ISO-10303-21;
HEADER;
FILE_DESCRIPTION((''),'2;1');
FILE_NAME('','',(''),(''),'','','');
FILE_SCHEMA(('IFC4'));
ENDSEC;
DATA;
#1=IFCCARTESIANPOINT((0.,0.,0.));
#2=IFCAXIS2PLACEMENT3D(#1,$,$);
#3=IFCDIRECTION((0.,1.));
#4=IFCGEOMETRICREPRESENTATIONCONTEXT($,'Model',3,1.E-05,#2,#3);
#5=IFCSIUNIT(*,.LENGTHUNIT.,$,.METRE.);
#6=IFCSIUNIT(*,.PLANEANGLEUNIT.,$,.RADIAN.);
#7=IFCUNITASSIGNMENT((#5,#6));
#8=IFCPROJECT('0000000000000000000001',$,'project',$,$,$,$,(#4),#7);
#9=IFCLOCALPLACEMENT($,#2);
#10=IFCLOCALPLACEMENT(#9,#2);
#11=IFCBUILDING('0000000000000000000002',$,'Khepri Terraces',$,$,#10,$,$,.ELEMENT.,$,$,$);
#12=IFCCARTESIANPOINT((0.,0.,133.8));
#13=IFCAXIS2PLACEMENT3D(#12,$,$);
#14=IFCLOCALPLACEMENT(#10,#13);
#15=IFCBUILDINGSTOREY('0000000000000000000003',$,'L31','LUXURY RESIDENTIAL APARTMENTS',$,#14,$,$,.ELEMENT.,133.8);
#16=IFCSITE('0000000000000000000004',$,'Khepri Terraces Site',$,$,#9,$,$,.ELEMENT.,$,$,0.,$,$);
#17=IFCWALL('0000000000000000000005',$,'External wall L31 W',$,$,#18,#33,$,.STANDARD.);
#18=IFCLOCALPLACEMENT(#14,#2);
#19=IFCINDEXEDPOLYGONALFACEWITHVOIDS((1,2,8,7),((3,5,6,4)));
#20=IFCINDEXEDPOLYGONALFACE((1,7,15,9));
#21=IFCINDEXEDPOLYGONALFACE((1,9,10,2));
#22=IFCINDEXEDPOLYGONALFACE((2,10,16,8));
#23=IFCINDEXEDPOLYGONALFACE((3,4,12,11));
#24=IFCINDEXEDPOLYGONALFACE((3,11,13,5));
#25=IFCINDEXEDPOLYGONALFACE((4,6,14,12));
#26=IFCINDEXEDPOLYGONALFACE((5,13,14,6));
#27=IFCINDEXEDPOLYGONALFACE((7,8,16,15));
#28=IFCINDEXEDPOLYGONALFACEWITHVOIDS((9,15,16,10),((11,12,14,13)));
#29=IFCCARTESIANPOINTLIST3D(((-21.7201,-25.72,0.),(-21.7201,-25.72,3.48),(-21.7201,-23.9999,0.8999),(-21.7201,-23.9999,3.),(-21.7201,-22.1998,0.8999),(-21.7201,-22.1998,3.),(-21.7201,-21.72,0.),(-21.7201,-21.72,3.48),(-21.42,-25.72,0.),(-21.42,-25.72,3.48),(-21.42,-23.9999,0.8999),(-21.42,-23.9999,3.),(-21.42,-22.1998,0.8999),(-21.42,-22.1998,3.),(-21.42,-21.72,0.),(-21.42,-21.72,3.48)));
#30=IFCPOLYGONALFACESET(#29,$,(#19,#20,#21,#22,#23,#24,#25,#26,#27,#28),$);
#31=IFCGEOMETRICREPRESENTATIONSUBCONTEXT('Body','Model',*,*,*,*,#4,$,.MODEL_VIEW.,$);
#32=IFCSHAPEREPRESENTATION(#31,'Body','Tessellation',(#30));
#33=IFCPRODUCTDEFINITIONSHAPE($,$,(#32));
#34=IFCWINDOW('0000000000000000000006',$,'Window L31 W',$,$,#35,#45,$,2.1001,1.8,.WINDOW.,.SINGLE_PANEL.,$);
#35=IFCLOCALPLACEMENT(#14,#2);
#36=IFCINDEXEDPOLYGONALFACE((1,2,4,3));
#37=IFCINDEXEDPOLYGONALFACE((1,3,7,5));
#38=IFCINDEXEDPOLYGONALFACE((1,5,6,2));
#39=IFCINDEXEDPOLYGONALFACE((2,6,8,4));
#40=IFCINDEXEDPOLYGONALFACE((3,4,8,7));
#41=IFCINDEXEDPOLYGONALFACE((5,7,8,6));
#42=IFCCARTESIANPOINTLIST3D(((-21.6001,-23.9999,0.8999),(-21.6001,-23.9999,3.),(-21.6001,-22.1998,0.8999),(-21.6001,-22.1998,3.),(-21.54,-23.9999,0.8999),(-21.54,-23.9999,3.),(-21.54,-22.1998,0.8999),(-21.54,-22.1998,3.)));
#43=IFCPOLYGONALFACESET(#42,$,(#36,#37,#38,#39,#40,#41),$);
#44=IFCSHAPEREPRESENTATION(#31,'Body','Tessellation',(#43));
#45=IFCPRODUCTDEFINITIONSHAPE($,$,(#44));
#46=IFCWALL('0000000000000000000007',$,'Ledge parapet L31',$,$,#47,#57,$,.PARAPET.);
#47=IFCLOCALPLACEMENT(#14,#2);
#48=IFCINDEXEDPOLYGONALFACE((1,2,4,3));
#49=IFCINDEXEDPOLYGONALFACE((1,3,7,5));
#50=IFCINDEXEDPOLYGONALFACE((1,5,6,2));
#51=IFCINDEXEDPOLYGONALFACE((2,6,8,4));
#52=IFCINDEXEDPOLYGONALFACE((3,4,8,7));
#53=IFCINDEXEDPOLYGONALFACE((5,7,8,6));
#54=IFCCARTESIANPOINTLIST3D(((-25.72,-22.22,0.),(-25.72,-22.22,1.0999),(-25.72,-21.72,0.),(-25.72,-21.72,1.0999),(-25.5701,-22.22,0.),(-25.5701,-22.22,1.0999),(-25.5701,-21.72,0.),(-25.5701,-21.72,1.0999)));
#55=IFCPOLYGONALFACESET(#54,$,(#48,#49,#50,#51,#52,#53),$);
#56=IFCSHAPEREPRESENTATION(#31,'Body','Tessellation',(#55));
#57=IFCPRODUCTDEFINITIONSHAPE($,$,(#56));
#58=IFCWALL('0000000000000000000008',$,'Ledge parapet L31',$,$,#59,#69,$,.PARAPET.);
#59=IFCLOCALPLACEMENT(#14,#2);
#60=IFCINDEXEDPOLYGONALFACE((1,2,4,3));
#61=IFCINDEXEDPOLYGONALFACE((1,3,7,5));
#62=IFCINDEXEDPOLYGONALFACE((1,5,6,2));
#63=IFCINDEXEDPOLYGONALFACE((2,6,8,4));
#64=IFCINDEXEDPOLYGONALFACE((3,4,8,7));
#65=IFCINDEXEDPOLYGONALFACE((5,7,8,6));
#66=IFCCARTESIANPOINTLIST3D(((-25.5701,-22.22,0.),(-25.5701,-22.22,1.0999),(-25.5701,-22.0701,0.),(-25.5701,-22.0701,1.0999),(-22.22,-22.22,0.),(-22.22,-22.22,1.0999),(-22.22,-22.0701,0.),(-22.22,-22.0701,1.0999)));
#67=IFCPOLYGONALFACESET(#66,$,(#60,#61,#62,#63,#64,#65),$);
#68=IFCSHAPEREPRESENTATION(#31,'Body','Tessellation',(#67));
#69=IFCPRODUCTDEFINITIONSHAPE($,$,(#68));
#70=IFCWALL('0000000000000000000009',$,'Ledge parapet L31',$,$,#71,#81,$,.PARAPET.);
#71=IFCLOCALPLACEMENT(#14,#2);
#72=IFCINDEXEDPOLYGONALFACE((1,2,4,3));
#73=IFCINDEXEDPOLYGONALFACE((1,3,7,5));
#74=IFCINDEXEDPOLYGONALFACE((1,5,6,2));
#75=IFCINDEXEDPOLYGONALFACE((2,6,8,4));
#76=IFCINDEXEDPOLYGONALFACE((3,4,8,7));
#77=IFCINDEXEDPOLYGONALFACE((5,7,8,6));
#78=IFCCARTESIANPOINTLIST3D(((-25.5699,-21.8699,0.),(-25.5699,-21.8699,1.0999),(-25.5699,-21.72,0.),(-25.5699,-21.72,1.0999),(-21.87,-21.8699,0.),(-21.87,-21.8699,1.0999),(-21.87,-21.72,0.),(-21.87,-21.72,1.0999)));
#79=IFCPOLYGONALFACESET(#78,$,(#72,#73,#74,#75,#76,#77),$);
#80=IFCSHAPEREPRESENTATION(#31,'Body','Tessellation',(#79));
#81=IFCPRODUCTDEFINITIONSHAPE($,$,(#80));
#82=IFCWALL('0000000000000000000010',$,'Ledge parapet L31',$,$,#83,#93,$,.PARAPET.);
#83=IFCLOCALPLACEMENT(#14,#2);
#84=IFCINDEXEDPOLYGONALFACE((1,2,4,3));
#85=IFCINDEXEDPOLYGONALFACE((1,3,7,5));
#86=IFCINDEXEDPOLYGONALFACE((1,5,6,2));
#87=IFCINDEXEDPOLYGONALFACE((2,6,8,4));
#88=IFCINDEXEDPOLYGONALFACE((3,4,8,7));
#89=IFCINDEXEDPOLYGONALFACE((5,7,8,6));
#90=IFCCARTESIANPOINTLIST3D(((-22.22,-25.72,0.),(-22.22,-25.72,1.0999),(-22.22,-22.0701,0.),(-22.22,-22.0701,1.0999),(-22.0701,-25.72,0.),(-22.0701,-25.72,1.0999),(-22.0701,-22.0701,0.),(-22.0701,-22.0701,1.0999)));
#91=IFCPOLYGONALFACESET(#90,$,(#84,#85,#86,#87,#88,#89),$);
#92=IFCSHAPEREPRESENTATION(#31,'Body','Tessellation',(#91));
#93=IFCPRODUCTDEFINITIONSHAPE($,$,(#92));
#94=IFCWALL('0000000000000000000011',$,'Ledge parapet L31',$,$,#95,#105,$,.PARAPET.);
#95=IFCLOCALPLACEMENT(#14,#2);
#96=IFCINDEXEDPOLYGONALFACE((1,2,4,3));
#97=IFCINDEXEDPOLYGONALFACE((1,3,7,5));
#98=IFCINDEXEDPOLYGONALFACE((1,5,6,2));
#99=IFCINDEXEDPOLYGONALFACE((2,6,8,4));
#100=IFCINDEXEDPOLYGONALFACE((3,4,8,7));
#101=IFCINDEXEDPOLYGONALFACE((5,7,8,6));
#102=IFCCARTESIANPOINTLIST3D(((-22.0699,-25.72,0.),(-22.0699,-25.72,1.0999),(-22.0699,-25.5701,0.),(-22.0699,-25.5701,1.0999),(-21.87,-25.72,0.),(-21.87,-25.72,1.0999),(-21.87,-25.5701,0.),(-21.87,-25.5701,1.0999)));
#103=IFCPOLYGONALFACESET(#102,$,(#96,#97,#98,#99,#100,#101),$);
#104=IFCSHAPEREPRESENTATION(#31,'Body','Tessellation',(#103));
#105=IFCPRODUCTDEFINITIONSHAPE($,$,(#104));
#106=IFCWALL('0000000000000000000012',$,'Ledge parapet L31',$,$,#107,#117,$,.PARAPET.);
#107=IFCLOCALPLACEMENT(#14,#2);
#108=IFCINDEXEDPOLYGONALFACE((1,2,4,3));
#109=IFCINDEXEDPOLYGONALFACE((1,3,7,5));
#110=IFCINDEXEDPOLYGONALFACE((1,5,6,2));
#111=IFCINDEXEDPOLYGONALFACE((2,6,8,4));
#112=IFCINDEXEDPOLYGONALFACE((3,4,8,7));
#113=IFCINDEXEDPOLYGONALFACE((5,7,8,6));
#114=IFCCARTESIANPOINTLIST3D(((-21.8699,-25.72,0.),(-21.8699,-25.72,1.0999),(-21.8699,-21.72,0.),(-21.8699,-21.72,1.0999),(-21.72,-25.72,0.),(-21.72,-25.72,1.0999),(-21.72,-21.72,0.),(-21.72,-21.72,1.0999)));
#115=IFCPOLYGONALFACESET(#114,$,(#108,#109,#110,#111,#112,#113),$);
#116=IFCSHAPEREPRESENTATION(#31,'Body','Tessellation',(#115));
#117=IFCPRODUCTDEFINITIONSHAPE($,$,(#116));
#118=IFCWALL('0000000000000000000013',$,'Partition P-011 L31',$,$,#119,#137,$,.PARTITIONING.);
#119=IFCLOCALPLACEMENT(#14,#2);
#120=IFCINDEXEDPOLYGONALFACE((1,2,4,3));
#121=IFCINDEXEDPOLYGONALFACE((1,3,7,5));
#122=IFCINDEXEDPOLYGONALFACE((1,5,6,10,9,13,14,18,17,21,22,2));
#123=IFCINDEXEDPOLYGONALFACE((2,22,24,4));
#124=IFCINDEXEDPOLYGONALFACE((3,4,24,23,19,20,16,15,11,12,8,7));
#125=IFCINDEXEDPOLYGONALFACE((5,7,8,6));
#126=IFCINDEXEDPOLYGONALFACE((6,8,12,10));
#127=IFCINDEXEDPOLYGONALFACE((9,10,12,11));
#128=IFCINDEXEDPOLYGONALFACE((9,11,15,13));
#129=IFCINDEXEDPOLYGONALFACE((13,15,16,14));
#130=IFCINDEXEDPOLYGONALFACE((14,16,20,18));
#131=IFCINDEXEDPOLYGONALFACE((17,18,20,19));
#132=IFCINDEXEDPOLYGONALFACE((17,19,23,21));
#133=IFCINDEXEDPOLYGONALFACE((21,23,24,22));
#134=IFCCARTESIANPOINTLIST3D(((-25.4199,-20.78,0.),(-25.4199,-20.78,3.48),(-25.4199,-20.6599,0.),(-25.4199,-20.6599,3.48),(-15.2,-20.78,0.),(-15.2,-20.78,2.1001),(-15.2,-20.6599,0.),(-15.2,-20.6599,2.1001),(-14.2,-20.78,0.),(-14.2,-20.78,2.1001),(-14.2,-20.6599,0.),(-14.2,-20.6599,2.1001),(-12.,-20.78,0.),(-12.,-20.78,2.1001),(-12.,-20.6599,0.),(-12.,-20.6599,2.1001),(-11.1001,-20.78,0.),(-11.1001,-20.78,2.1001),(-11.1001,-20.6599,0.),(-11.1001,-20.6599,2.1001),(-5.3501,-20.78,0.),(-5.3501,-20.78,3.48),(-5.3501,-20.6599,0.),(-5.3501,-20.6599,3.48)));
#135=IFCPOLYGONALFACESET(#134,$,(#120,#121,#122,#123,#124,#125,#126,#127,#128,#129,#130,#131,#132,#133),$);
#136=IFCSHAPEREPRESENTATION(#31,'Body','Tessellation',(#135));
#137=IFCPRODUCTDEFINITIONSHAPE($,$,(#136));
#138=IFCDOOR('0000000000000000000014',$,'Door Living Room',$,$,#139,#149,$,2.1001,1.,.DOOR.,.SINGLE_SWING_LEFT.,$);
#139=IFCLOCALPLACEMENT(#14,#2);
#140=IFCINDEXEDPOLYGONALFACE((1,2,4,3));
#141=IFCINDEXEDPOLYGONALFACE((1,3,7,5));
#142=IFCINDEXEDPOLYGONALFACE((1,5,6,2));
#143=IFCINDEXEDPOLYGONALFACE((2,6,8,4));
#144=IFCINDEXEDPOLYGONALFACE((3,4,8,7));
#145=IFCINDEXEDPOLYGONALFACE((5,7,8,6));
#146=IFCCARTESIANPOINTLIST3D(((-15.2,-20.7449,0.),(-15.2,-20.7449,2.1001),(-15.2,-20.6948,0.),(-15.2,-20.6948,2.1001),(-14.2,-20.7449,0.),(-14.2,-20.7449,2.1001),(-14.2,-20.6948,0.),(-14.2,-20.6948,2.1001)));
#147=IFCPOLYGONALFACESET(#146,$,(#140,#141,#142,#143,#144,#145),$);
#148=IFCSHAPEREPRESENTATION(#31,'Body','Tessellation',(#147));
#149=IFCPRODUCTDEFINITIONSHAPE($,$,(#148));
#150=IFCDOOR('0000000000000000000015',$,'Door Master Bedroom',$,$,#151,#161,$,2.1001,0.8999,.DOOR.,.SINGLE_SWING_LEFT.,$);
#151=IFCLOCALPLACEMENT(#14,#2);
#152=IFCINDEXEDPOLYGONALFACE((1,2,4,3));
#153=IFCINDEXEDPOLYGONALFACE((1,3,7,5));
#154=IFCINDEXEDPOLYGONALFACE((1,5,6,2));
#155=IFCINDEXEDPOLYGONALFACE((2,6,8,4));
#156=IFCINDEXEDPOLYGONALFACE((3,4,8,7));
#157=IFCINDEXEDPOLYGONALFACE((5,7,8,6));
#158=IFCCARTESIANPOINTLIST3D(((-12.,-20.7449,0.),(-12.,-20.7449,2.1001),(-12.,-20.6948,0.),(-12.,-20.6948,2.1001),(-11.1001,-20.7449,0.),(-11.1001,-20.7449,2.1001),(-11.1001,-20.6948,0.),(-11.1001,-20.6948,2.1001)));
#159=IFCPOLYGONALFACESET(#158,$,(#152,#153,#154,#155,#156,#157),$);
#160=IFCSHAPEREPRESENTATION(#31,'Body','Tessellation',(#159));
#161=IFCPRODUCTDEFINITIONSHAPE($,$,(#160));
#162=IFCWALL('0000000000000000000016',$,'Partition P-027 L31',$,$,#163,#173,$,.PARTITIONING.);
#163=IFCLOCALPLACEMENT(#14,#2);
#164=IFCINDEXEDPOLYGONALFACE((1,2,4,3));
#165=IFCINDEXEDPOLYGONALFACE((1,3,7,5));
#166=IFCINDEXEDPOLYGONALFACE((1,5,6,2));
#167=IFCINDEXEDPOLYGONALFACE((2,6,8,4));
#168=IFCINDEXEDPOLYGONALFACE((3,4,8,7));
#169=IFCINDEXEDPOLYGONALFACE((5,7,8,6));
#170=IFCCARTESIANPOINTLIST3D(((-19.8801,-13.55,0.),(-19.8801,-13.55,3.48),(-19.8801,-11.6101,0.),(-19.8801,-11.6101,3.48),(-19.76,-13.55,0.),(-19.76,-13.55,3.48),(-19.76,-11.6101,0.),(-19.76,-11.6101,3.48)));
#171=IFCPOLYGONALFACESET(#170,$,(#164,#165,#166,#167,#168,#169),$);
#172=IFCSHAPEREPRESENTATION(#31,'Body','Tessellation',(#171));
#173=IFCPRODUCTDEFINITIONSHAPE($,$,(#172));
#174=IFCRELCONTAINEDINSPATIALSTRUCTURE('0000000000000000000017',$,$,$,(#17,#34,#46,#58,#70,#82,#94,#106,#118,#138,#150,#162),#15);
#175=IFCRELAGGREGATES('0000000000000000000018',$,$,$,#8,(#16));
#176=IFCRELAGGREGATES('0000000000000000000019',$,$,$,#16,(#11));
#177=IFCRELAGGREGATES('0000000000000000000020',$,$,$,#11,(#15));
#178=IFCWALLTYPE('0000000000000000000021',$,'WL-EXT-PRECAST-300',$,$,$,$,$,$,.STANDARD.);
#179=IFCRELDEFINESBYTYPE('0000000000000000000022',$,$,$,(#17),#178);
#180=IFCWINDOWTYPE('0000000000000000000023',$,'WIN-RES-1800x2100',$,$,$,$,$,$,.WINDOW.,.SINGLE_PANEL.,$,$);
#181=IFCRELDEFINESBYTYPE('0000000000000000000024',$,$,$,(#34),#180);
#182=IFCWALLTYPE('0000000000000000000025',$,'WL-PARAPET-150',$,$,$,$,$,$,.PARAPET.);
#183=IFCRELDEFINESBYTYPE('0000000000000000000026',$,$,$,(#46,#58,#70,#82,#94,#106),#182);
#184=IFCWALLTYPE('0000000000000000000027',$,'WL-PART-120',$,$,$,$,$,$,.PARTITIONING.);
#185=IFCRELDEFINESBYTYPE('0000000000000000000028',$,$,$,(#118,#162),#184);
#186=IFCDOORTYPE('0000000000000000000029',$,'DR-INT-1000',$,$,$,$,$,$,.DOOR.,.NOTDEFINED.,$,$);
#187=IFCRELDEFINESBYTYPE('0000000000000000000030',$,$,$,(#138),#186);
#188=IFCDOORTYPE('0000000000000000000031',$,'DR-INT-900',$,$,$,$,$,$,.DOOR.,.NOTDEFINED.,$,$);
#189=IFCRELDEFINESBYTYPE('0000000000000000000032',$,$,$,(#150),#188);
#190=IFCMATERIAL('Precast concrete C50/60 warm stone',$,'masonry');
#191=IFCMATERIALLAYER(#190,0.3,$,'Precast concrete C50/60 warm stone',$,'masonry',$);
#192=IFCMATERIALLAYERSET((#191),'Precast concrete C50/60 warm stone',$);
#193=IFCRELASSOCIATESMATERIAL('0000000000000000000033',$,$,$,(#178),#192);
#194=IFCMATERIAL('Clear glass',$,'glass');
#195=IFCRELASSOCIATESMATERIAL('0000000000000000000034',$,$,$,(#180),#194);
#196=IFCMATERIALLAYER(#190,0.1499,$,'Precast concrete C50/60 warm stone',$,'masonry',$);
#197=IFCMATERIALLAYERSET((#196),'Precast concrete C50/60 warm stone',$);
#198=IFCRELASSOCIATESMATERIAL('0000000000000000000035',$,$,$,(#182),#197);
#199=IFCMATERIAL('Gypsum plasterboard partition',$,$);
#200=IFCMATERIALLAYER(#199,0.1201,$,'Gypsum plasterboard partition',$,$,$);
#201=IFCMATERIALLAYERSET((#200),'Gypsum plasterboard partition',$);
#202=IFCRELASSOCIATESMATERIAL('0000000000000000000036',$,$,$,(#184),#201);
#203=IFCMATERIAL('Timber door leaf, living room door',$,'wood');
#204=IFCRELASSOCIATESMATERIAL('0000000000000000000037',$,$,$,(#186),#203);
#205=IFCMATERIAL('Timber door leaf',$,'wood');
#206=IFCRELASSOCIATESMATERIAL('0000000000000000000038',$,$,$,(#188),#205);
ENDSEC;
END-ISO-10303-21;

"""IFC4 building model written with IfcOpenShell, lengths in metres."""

from ifc_helpers import new_model, si_unit, direction, frame, frame_2d, origin, place, context, subcontext, project, spatial, rectangle, extrude, material, layer, layer_set, type_object, element, fill, save


model = new_model("IFC4")

# Units and contexts
model_context = context("Model", 3, precision=1e-05, world=origin(), true_north=direction((0.0, 1.0)))
body_context = subcontext(model_context, "Body", "Model", "MODEL_VIEW")
ifc_project = project(units=[si_unit("LENGTHUNIT", "METRE"), si_unit("PLANEANGLEUNIT", "RADIAN")], contexts=[model_context])

# Site, building, storey
site_placement = place(None, origin())
site = spatial("IfcSite", under=ifc_project, at=site_placement, Name="Khepri Terraces Site", CompositionType="ELEMENT", RefElevation=0.0)
building_placement = place(site_placement, origin())
building = spatial("IfcBuilding", under=site, at=building_placement, Name="Khepri Terraces", CompositionType="ELEMENT")
storey_placement = place(building_placement, frame((0.0, 0.0, 133.8)))
storey = spatial("IfcBuildingStorey", under=building, at=storey_placement, Name="L31", Description="LUXURY RESIDENTIAL APARTMENTS", CompositionType="ELEMENT", Elevation=133.8)

# Wall, opening, window
ifc_material_1 = material(Name="Precast concrete C50/60 warm stone", Category="masonry")
ifc_layer_1 = layer(ifc_material_1, 0.3, Name="Precast concrete C50/60 warm stone", Category="masonry")
ifc_layer_set_1 = layer_set([ifc_layer_1], Name="Precast concrete C50/60 warm stone")
wall_type_1 = type_object("IfcWallType", Name="WL-EXT-PRECAST-300", PredefinedType="STANDARD", material=ifc_layer_set_1)
ifc_material_2 = material(Name="Clear glass", Category="glass")
window_type = type_object("IfcWindowType", Name="WIN-RES-1800x2100", PartitioningType="SINGLE_PANEL", PredefinedType="WINDOW", material=ifc_material_2)
wall_1_placement = place(storey_placement, frame((-21.5701, -21.72, 0.0), z_axis=(0.0, 0.0, 1.0), x_axis=(0.0, -1.0, 0.0)))
wall_1 = element("IfcWall", 1, at=wall_1_placement, inside=storey, type_object=wall_type_1, Name="External wall L31 W", PredefinedType="STANDARD", context=body_context, shape_type="SweptSolid", body=[
    extrude(rectangle(XDim=4.0, YDim=0.3, at=frame_2d((2.0, 0.0))), origin(), (0.0, 0.0, 1.0), 3.48),
])
opening_1_placement = place(wall_1_placement, frame((0.48, 0.0, 0.8999)))
opening_1 = element("IfcOpeningElement", 2, at=opening_1_placement, cuts=wall_1, PredefinedType="OPENING", context=body_context, shape_type="SweptSolid", body=[
    extrude(rectangle(XDim=1.8, YDim=2.1001, at=frame_2d((0.8999, 1.05))), frame((0.0, 0.1602, 0.0), z_axis=(0.0, -1.0, 0.0), x_axis=(1.0, 0.0, 0.0)), (0.0, 0.0, 1.0), 0.3201),
])
window_1_placement = place(opening_1_placement, origin())
window_1 = element("IfcWindow", 3, at=window_1_placement, inside=storey, type_object=window_type, Name="Window L31 W", OverallHeight=2.1001, OverallWidth=1.8, PartitioningType="SINGLE_PANEL", PredefinedType="WINDOW", context=body_context, shape_type="SweptSolid", body=[
    extrude(rectangle(XDim=1.8, YDim=2.1001, at=frame_2d((0.8999, 1.05))), frame((0.0, 0.03, 0.0), z_axis=(0.0, -1.0, 0.0), x_axis=(1.0, 0.0, 0.0)), (0.0, 0.0, 1.0), 0.0601),
])
fill(opening_1, window_1)

# Walls
ifc_layer_2 = layer(ifc_material_1, 0.1499, Name="Precast concrete C50/60 warm stone", Category="masonry")
ifc_layer_set_2 = layer_set([ifc_layer_2], Name="Precast concrete C50/60 warm stone")
wall_type_2 = type_object("IfcWallType", Name="WL-PARAPET-150", PredefinedType="PARAPET", material=ifc_layer_set_2)
wall_2_placement = place(storey_placement, frame((-25.645, -22.22, 0.0), z_axis=(0.0, 0.0, 1.0), x_axis=(0.0, 1.0, 0.0)))
element("IfcWall", 4, at=wall_2_placement, inside=storey, type_object=wall_type_2, Name="Ledge parapet L31", PredefinedType="PARAPET", context=body_context, shape_type="SweptSolid", body=[
    extrude(rectangle(XDim=0.5, YDim=0.1499, at=frame_2d((0.25, 0.0))), origin(), (0.0, 0.0, 1.0), 1.0999),
])
wall_3_placement = place(storey_placement, frame((-25.5701, -22.145, 0.0), z_axis=(0.0, 0.0, 1.0), x_axis=(1.0, 0.0, 0.0)))
element("IfcWall", 5, at=wall_3_placement, inside=storey, type_object=wall_type_2, Name="Ledge parapet L31", PredefinedType="PARAPET", context=body_context, shape_type="SweptSolid", body=[
    extrude(rectangle(XDim=3.3501, YDim=0.1499, at=frame_2d((1.675, 0.0))), origin(), (0.0, 0.0, 1.0), 1.0999),
])
wall_4_placement = place(storey_placement, frame((-25.5701, -21.7949, 0.0), z_axis=(0.0, 0.0, 1.0), x_axis=(1.0, 0.0, 0.0)))
element("IfcWall", 6, at=wall_4_placement, inside=storey, type_object=wall_type_2, Name="Ledge parapet L31", PredefinedType="PARAPET", context=body_context, shape_type="SweptSolid", body=[
    extrude(rectangle(XDim=3.7, YDim=0.1499, at=frame_2d((1.8501, 0.0))), origin(), (0.0, 0.0, 1.0), 1.0999),
])
wall_5_placement = place(storey_placement, frame((-22.145, -25.72, 0.0), z_axis=(0.0, 0.0, 1.0), x_axis=(0.0, 1.0, 0.0)))
element("IfcWall", 7, at=wall_5_placement, inside=storey, type_object=wall_type_2, Name="Ledge parapet L31", PredefinedType="PARAPET", context=body_context, shape_type="SweptSolid", body=[
    extrude(rectangle(XDim=3.6499, YDim=0.1499, at=frame_2d((1.825, 0.0))), origin(), (0.0, 0.0, 1.0), 1.0999),
])
wall_6_placement = place(storey_placement, frame((-22.0701, -25.645, 0.0), z_axis=(0.0, 0.0, 1.0), x_axis=(1.0, 0.0, 0.0)))
element("IfcWall", 8, at=wall_6_placement, inside=storey, type_object=wall_type_2, Name="Ledge parapet L31", PredefinedType="PARAPET", context=body_context, shape_type="SweptSolid", body=[
    extrude(rectangle(XDim=0.2, YDim=0.1499, at=frame_2d((0.1001, 0.0))), origin(), (0.0, 0.0, 1.0), 1.0999),
])
wall_7_placement = place(storey_placement, frame((-21.7949, -25.72, 0.0), z_axis=(0.0, 0.0, 1.0), x_axis=(0.0, 1.0, 0.0)))
element("IfcWall", 9, at=wall_7_placement, inside=storey, type_object=wall_type_2, Name="Ledge parapet L31", PredefinedType="PARAPET", context=body_context, shape_type="SweptSolid", body=[
    extrude(rectangle(XDim=4.0, YDim=0.1499, at=frame_2d((2.0, 0.0))), origin(), (0.0, 0.0, 1.0), 1.0999),
])

# Wall, openings, doors
ifc_material_3 = material(Name="Gypsum plasterboard partition")
ifc_layer_3 = layer(ifc_material_3, 0.1201, Name="Gypsum plasterboard partition")
ifc_layer_set_3 = layer_set([ifc_layer_3], Name="Gypsum plasterboard partition")
wall_type_3 = type_object("IfcWallType", Name="WL-PART-120", PredefinedType="PARTITIONING", material=ifc_layer_set_3)
wall_8_placement = place(storey_placement, frame((-25.4199, -20.72, 0.0), z_axis=(0.0, 0.0, 1.0), x_axis=(1.0, 0.0, 0.0)))
wall_8 = element("IfcWall", 10, at=wall_8_placement, inside=storey, type_object=wall_type_3, Name="Partition P-011 L31", PredefinedType="PARTITIONING", context=body_context, shape_type="SweptSolid", body=[
    extrude(rectangle(XDim=20.0698, YDim=0.1201, at=frame_2d((10.0349, 0.0))), origin(), (0.0, 0.0, 1.0), 3.48),
])
opening_2_placement = place(wall_8_placement, frame((10.22, 0.0, 0.0)))
opening_2 = element("IfcOpeningElement", 11, at=opening_2_placement, cuts=wall_8, PredefinedType="OPENING", context=body_context, shape_type="SweptSolid", body=[
    extrude(rectangle(XDim=1.0, YDim=2.1001, at=frame_2d((0.5, 1.05))), frame((0.0, 0.0701, 0.0), z_axis=(0.0, -1.0, 0.0), x_axis=(1.0, 0.0, 0.0)), (0.0, 0.0, 1.0), 0.1401),
])
opening_3_placement = place(wall_8_placement, frame((13.4199, 0.0, 0.0)))
opening_3 = element("IfcOpeningElement", 12, at=opening_3_placement, cuts=wall_8, PredefinedType="OPENING", context=body_context, shape_type="SweptSolid", body=[
    extrude(rectangle(XDim=0.8999, YDim=2.1001, at=frame_2d((0.45, 1.05))), frame((0.0, 0.0701, 0.0), z_axis=(0.0, -1.0, 0.0), x_axis=(1.0, 0.0, 0.0)), (0.0, 0.0, 1.0), 0.1401),
])
ifc_material_4 = material(Name="Timber door leaf, living room door", Category="wood")
door_type_1 = type_object("IfcDoorType", Name="DR-INT-1000", OperationType="NOTDEFINED", PredefinedType="DOOR", material=ifc_material_4)
door_1_placement = place(opening_2_placement, frame((1.0, 0.0, 0.0), z_axis=(0.0, 0.0, 1.0), x_axis=(-1.0, 0.0, 0.0)))
door_1 = element("IfcDoor", 13, at=door_1_placement, inside=storey, type_object=door_type_1, Name="Door Living Room", OperationType="SINGLE_SWING_LEFT", OverallHeight=2.1001, OverallWidth=1.0, PredefinedType="DOOR", context=body_context, shape_type="SweptSolid", body=[
    extrude(rectangle(XDim=1.0, YDim=2.1001, at=frame_2d((0.5, 1.05))), frame((0.0, 0.0249, 0.0), z_axis=(0.0, -1.0, 0.0), x_axis=(1.0, 0.0, 0.0)), (0.0, 0.0, 1.0), 0.05),
])
fill(opening_2, door_1)
ifc_material_5 = material(Name="Timber door leaf", Category="wood")
door_type_2 = type_object("IfcDoorType", Name="DR-INT-900", OperationType="NOTDEFINED", PredefinedType="DOOR", material=ifc_material_5)
door_2_placement = place(opening_3_placement, frame((0.8999, 0.0, 0.0), z_axis=(0.0, 0.0, 1.0), x_axis=(-1.0, 0.0, 0.0)))
door_2 = element("IfcDoor", 14, at=door_2_placement, inside=storey, type_object=door_type_2, Name="Door Master Bedroom", OperationType="SINGLE_SWING_LEFT", OverallHeight=2.1001, OverallWidth=0.8999, PredefinedType="DOOR", context=body_context, shape_type="SweptSolid", body=[
    extrude(rectangle(XDim=0.8999, YDim=2.1001, at=frame_2d((0.45, 1.05))), frame((0.0, 0.0249, 0.0), z_axis=(0.0, -1.0, 0.0), x_axis=(1.0, 0.0, 0.0)), (0.0, 0.0, 1.0), 0.05),
])
fill(opening_3, door_2)

# Wall
wall_9_placement = place(storey_placement, frame((-19.8201, -13.55, 0.0), z_axis=(0.0, 0.0, 1.0), x_axis=(0.0, 1.0, 0.0)))
element("IfcWall", 15, at=wall_9_placement, inside=storey, type_object=wall_type_3, Name="Partition P-027 L31", PredefinedType="PARTITIONING", context=body_context, shape_type="SweptSolid", body=[
    extrude(rectangle(XDim=1.9399, YDim=0.1201, at=frame_2d((0.97, 0.0))), origin(), (0.0, 0.0, 1.0), 3.48),
])

save(model, "model.ifc")
